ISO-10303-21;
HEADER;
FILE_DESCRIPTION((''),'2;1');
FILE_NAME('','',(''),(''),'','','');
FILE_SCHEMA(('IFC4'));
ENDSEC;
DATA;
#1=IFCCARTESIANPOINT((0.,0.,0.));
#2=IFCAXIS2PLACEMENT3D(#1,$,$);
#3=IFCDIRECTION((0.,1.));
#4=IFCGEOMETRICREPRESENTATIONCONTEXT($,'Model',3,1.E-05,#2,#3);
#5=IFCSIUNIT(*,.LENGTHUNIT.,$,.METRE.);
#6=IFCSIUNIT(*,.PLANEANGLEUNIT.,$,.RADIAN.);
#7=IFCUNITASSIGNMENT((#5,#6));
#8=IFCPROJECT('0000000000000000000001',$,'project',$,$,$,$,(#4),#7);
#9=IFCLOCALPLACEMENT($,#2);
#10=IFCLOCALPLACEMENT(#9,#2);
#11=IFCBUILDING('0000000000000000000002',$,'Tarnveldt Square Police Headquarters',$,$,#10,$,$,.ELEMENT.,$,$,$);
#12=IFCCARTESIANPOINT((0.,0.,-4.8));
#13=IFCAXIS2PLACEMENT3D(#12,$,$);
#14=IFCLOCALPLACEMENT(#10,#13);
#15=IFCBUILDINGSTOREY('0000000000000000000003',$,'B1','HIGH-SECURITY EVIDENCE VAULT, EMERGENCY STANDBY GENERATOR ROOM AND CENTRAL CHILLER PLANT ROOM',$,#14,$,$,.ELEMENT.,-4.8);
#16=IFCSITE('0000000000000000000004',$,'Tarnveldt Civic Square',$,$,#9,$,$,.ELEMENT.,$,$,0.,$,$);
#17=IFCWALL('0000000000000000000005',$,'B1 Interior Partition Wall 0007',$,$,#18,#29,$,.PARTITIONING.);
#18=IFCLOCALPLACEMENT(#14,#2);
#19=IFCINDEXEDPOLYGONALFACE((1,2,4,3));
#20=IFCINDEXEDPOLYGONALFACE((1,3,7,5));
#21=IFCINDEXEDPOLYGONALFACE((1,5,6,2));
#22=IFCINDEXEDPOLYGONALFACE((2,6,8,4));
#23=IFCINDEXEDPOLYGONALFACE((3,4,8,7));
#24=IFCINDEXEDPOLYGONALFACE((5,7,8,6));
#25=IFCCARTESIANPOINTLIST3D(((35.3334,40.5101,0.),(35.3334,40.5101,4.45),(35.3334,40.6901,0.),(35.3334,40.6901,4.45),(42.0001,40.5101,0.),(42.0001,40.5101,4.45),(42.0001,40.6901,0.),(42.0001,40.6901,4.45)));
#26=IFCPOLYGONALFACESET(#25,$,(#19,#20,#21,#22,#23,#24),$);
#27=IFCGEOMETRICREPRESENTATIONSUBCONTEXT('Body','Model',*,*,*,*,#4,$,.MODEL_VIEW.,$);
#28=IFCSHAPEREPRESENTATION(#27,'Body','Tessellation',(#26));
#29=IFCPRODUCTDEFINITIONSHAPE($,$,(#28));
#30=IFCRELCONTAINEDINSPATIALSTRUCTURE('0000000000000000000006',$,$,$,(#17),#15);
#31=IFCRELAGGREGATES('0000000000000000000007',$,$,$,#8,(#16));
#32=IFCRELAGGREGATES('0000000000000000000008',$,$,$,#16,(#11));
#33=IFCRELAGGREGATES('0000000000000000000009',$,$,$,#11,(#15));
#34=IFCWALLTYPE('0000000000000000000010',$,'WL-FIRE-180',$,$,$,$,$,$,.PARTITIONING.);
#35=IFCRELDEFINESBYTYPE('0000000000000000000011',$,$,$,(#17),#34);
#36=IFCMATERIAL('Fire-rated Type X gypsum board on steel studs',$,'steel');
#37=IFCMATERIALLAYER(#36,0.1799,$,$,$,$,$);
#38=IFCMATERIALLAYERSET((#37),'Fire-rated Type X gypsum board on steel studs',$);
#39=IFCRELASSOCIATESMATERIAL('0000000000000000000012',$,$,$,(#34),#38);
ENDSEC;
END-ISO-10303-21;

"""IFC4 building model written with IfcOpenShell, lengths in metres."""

from ifc_helpers import new_model, si_unit, direction, frame, frame_2d, origin, place, context, subcontext, project, spatial, rectangle, extrude, material, layer, layer_set, type_object, element, save


model = new_model("IFC4")

# Units and contexts
model_context = context("Model", 3, precision=1e-05, world=origin(), true_north=direction((0.0, 1.0)))
body_context = subcontext(model_context, "Body", "Model", "MODEL_VIEW")
ifc_project = project(units=[si_unit("LENGTHUNIT", "METRE"), si_unit("PLANEANGLEUNIT", "RADIAN")], contexts=[model_context])

# Site, building, storey
site_placement = place(None, origin())
site = spatial("IfcSite", under=ifc_project, at=site_placement, Name="Tarnveldt Civic Square", CompositionType="ELEMENT", RefElevation=0.0)
building_placement = place(site_placement, origin())
building = spatial("IfcBuilding", under=site, at=building_placement, Name="Tarnveldt Square Police Headquarters", CompositionType="ELEMENT")
storey_placement = place(building_placement, frame((0.0, 0.0, -4.8)))
storey = spatial("IfcBuildingStorey", under=building, at=storey_placement, Name="B1", Description="HIGH-SECURITY EVIDENCE VAULT, EMERGENCY STANDBY GENERATOR ROOM AND CENTRAL CHILLER PLANT ROOM", CompositionType="ELEMENT", Elevation=-4.8)

# Wall
ifc_material_1 = material(Name="Fire-rated Type X gypsum board on steel studs", Category="steel")
ifc_layer = layer(ifc_material_1, 0.1799)
ifc_layer_set = layer_set([ifc_layer], Name="Fire-rated Type X gypsum board on steel studs")
wall_type = type_object("IfcWallType", Name="WL-FIRE-180", PredefinedType="PARTITIONING", material=ifc_layer_set)
wall_placement = place(storey_placement, frame((35.3333, 40.6001, 0.0), z_axis=(0.0, 0.0, 1.0), x_axis=(1.0, 0.0, 0.0)))
element("IfcWall", 1, at=wall_placement, inside=storey, type_object=wall_type, Name="B1 Interior Partition Wall 0007", PredefinedType="PARTITIONING", context=body_context, shape_type="SweptSolid", body=[
    extrude(rectangle(XDim=6.6667, YDim=0.1799, at=frame_2d((3.3335, 0.0))), origin(), (0.0, 0.0, 1.0), 4.45),
])

save(model, "model.ifc")
